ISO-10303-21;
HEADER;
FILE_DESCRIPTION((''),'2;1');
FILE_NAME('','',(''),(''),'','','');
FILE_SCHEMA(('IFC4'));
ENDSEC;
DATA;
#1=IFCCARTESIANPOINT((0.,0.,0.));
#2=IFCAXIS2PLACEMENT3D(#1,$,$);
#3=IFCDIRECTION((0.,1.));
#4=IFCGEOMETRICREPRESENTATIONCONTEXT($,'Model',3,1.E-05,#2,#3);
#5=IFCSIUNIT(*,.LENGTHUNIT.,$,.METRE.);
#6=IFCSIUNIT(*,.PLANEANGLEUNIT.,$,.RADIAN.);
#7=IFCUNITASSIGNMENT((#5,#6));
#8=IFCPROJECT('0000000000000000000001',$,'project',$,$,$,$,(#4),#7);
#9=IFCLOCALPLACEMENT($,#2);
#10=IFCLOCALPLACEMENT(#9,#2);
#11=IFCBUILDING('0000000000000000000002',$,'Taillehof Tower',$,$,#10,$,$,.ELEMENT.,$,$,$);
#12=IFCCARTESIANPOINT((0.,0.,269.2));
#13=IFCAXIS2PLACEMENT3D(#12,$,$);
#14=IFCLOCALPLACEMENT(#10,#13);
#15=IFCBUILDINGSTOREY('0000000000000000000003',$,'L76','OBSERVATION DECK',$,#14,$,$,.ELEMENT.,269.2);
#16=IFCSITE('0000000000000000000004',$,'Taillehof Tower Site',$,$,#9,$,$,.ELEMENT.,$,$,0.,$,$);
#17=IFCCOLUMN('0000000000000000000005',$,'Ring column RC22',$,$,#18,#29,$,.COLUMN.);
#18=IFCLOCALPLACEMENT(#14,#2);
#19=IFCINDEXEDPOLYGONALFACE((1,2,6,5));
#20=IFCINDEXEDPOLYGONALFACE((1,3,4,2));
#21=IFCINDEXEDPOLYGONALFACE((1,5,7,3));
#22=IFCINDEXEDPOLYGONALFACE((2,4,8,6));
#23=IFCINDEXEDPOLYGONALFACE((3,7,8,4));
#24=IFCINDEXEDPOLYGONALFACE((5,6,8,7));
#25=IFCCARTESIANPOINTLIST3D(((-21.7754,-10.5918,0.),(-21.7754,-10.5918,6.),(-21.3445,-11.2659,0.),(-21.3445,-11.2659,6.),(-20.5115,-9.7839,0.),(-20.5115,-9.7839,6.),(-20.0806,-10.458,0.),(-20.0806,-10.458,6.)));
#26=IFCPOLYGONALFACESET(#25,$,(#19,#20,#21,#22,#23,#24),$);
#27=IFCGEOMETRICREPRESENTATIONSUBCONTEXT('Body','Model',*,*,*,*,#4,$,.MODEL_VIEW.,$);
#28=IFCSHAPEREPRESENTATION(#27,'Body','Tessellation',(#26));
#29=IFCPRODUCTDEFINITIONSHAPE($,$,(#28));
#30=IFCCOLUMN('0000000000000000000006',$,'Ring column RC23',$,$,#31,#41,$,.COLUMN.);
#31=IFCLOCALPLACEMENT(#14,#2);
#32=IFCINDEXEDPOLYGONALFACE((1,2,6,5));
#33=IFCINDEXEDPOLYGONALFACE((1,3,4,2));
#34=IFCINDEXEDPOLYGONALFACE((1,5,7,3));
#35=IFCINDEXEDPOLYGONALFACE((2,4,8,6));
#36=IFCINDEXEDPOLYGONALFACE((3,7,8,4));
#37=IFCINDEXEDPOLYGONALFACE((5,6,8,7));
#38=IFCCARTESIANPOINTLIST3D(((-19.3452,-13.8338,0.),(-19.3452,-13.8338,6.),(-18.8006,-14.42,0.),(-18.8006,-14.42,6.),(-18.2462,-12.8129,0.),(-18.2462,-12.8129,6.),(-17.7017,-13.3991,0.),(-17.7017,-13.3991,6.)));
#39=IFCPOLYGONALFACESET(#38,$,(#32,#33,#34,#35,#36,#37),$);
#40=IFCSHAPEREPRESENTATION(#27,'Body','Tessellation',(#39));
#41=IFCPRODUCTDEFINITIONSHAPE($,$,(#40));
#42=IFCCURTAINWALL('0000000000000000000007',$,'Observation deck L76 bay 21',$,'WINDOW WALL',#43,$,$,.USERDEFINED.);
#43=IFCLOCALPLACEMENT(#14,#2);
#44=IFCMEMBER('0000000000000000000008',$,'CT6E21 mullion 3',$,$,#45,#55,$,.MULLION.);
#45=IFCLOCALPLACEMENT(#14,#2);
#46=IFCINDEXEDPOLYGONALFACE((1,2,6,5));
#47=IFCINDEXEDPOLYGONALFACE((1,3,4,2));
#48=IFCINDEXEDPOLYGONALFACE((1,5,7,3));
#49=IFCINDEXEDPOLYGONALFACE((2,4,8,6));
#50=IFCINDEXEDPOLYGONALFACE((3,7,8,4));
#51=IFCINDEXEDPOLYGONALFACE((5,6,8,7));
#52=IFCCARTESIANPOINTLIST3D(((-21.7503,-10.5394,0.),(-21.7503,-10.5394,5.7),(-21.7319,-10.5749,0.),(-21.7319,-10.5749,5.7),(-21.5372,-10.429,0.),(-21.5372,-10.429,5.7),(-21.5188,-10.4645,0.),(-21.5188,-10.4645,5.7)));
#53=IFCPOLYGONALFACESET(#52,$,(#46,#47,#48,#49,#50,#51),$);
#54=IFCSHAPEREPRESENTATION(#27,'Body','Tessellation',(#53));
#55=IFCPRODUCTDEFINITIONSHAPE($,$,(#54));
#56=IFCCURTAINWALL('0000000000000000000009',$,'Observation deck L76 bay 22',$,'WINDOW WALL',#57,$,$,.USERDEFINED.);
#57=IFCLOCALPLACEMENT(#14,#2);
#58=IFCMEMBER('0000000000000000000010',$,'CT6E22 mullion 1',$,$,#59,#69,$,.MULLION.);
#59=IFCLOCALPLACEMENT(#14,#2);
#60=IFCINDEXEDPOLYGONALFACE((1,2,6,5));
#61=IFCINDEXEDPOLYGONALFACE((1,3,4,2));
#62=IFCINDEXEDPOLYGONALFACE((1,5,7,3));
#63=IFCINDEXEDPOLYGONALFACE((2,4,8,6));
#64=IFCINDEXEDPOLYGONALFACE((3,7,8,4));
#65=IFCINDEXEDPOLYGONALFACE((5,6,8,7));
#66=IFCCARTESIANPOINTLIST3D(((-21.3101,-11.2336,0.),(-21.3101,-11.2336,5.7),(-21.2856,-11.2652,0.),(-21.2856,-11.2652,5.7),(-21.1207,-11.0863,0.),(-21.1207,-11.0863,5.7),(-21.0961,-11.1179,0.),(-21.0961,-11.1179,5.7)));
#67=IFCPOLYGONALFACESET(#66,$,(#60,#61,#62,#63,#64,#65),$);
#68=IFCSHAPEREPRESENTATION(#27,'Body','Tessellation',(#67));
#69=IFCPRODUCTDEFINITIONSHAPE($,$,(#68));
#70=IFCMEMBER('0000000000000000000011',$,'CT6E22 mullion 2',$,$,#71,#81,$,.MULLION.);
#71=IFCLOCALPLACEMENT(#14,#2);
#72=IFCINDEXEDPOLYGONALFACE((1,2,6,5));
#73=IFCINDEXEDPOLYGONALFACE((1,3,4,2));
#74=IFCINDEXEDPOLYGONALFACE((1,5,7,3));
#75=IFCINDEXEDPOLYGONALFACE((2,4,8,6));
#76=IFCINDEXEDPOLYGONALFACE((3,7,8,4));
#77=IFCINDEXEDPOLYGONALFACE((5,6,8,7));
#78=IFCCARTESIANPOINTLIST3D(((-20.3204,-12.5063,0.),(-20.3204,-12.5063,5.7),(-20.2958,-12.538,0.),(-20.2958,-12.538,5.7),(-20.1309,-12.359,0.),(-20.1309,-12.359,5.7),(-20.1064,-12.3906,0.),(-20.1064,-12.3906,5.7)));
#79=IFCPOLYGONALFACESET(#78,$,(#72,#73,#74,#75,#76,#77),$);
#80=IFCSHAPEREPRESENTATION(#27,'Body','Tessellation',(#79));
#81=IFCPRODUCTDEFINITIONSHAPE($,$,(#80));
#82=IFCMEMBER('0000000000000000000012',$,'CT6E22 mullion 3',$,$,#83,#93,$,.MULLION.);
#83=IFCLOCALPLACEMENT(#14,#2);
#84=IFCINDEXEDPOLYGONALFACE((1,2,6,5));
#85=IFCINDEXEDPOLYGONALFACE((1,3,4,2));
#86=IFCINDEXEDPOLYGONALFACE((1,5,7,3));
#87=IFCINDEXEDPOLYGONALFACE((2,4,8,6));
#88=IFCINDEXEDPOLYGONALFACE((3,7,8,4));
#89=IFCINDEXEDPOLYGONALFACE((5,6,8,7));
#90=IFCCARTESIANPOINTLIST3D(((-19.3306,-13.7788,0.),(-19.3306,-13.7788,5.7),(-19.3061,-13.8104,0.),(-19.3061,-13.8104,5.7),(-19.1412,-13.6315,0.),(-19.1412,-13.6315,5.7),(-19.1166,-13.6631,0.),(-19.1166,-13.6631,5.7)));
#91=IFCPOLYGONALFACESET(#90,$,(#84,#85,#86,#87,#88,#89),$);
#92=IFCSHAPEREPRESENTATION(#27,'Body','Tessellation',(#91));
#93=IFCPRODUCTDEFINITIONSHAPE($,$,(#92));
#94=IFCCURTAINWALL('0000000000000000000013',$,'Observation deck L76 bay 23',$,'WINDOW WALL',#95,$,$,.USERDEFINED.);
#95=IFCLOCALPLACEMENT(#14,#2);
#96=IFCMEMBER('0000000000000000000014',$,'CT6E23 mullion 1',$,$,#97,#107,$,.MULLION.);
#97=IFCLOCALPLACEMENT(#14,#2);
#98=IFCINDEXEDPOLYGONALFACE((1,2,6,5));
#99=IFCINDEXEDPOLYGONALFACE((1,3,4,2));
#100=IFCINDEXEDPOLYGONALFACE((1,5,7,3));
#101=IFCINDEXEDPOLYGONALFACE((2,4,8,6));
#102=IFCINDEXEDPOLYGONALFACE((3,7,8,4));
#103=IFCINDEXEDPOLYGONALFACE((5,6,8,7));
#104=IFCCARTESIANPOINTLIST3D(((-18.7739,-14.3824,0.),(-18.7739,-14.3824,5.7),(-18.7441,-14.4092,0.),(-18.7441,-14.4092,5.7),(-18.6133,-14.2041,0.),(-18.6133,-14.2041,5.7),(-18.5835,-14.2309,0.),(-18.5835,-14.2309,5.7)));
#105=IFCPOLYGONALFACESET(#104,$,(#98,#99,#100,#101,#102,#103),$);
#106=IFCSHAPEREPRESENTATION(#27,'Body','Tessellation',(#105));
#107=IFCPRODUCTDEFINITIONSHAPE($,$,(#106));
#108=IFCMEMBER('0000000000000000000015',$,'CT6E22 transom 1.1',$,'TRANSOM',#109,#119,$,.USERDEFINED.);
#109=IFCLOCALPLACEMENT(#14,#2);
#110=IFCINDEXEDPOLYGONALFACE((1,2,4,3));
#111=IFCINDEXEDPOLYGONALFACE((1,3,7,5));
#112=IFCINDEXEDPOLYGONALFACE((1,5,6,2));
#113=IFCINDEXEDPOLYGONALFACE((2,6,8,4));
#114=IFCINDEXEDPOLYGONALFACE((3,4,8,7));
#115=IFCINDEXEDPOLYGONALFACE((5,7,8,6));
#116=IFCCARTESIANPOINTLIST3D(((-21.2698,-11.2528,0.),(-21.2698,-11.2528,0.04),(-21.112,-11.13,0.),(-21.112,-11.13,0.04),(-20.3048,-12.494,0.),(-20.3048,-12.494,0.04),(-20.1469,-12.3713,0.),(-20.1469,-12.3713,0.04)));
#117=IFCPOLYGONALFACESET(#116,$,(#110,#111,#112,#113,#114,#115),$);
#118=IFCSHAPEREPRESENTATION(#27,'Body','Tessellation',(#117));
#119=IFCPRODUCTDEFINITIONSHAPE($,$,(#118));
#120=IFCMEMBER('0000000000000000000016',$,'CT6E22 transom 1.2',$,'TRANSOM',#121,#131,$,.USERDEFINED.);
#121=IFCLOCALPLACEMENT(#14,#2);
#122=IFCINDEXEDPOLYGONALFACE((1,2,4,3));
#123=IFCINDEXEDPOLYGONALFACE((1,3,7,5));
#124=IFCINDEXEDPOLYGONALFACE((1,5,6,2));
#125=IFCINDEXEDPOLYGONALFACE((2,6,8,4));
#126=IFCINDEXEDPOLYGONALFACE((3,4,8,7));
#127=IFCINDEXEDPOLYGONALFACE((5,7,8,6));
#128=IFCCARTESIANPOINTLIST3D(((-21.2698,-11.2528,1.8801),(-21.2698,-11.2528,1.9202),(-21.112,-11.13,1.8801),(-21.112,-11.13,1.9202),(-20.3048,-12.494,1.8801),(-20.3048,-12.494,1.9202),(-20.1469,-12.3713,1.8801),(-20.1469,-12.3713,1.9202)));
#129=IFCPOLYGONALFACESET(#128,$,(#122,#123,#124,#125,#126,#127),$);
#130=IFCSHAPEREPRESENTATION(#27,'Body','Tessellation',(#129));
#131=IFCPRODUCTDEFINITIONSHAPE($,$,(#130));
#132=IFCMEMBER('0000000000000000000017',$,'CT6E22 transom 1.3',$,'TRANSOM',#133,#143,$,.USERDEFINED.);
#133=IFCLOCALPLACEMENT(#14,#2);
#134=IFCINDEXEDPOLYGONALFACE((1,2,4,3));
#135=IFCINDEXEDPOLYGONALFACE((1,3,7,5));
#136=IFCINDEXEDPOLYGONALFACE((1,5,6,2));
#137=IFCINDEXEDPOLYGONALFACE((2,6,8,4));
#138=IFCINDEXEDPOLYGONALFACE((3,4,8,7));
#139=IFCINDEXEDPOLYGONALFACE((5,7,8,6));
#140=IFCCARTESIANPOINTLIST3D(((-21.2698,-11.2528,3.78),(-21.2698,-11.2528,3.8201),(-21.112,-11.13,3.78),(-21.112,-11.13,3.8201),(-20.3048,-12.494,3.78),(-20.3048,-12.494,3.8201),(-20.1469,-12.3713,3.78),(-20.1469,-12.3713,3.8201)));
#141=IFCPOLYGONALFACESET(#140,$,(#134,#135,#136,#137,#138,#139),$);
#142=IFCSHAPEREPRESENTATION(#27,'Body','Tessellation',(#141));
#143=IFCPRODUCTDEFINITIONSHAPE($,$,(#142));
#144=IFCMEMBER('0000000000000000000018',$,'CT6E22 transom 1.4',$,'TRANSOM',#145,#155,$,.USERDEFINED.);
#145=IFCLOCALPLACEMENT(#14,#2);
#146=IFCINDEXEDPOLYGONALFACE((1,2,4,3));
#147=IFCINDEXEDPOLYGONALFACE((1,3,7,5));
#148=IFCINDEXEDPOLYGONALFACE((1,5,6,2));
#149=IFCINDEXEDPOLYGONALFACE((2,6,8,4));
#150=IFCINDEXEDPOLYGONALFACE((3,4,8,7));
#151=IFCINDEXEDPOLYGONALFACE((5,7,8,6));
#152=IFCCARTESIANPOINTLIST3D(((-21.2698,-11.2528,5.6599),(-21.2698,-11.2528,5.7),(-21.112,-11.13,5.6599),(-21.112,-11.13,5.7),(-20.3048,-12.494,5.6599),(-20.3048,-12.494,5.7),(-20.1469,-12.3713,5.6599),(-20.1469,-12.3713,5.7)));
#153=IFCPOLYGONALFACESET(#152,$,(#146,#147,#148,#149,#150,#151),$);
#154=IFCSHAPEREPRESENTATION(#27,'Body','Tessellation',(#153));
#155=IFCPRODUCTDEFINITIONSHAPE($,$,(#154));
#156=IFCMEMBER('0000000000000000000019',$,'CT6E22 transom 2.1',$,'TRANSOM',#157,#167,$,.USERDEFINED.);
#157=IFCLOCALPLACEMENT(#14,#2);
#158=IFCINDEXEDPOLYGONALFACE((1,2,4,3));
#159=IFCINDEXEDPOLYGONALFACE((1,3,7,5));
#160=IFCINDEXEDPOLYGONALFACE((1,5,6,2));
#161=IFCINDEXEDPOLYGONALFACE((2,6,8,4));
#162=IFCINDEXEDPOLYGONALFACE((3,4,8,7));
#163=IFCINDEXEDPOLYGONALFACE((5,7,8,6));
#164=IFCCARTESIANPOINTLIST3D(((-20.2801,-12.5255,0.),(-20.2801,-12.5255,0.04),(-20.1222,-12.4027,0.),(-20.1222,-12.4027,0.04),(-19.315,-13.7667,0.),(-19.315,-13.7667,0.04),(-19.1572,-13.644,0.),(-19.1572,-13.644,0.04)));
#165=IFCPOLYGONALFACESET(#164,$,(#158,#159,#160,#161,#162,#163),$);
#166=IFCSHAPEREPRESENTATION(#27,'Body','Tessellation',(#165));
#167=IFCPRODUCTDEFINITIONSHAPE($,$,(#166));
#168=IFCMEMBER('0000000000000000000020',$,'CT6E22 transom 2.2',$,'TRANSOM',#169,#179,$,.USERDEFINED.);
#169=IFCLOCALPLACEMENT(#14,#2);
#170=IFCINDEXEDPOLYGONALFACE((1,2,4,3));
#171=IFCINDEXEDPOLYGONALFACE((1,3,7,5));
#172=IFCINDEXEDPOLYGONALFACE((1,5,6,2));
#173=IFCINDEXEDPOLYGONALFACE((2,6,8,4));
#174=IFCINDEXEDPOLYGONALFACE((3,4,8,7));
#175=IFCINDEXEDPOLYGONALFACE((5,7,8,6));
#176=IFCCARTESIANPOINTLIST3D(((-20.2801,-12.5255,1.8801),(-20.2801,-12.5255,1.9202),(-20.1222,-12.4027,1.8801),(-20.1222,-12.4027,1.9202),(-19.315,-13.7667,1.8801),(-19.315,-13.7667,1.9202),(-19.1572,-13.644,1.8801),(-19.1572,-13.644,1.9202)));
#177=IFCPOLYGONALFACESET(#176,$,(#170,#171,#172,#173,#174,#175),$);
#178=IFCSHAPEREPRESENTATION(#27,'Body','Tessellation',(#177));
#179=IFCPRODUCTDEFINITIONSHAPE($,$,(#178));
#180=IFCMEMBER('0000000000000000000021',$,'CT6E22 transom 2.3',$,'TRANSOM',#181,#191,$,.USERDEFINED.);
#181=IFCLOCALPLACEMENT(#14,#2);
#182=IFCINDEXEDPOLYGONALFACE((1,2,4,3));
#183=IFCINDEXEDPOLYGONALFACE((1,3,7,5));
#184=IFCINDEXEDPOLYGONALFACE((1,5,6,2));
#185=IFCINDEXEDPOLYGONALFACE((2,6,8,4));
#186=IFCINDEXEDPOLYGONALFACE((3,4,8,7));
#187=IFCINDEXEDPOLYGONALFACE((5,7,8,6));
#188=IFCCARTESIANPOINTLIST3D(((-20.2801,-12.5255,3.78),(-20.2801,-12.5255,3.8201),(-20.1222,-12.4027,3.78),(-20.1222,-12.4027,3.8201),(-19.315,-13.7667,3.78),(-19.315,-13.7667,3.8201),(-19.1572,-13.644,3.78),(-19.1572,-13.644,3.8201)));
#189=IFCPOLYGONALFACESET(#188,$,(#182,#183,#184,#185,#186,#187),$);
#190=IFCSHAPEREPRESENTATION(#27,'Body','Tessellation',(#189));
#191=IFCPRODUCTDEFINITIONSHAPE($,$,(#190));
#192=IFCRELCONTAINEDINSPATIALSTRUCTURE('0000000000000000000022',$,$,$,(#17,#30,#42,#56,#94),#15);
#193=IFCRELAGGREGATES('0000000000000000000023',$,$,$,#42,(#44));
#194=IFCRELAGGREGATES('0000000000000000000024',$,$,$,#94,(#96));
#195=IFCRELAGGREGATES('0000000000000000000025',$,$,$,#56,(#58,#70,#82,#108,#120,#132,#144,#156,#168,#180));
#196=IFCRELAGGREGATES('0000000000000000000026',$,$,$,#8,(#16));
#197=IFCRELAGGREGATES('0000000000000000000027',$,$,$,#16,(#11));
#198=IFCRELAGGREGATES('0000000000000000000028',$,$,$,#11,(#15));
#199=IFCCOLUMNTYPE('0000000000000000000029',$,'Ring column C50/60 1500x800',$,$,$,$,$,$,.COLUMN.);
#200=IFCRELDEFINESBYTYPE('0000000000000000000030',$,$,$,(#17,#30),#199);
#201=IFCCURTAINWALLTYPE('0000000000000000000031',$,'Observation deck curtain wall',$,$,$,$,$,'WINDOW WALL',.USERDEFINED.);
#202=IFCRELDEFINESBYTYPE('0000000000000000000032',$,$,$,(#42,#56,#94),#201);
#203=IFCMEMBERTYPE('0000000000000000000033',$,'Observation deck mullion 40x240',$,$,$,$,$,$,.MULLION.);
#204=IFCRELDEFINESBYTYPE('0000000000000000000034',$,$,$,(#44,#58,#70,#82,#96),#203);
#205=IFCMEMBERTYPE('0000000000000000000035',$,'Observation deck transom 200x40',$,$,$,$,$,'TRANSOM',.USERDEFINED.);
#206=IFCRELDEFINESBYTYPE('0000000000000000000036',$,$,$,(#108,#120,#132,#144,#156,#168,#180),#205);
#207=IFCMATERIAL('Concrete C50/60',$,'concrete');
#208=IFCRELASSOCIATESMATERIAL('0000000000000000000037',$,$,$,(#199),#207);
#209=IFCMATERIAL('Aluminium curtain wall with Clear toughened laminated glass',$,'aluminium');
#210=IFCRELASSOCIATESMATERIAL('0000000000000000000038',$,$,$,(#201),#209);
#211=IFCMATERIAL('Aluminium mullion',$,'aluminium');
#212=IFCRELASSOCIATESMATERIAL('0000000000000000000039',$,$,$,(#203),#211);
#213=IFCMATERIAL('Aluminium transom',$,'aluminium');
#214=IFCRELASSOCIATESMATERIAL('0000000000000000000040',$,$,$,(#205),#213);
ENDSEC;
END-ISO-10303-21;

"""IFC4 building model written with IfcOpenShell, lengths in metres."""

from ifc_helpers import new_model, si_unit, direction, frame, origin, origin_2d, place, context, subcontext, project, spatial, rectangle, extrude, material, material_profile, profile_set, type_object, element, aggregate, save


model = new_model("IFC4")

# Units and contexts
model_context = context("Model", 3, precision=1e-05, world=origin(), true_north=direction((0.0, 1.0)))
body_context = subcontext(model_context, "Body", "Model", "MODEL_VIEW")
ifc_project = project(units=[si_unit("LENGTHUNIT", "METRE"), si_unit("PLANEANGLEUNIT", "RADIAN")], contexts=[model_context])

# Site, building, storey
site_placement = place(None, origin())
site = spatial("IfcSite", under=ifc_project, at=site_placement, Name="Taillehof Tower Site", CompositionType="ELEMENT", RefElevation=0.0)
building_placement = place(site_placement, origin())
building = spatial("IfcBuilding", under=site, at=building_placement, Name="Taillehof Tower", CompositionType="ELEMENT")
storey_placement = place(building_placement, frame((0.0, 0.0, 269.2)))
storey = spatial("IfcBuildingStorey", under=building, at=storey_placement, Name="L76", Description="OBSERVATION DECK", CompositionType="ELEMENT", Elevation=269.2)

# Columns
ifc_material_1 = material(Name="Concrete C50/60", Category="concrete")
ifc_material_profile_1 = material_profile(ifc_material_1, rectangle(XDim=1.5, YDim=0.8, at=origin_2d()), Name="RC 1500x800")
ifc_profile_set_1 = profile_set([ifc_material_profile_1], Name="Concrete C50/60")
column_type = type_object("IfcColumnType", Name="Ring column C50/60 1500x800", PredefinedType="COLUMN", material=ifc_profile_set_1)
for number, where, z_axis, x_axis, name in (
    (1, (-20.928, -10.5249, 0.0), (0.0, 0.0, 1.0), (-0.842574, -0.538581, 0.0), "Ring column RC22"),
    (2, (-18.5234, -13.6165, 0.0), (0.0, 0.0, 1.0), (-0.732636, -0.680621, 0.0), "Ring column RC23"),
):
    element("IfcColumn", number, at=place(storey_placement, frame(where, z_axis=z_axis, x_axis=x_axis)), inside=storey, type_object=column_type, Name=name, PredefinedType="COLUMN", context=body_context, shape_type="SweptSolid", body=[
        extrude(rectangle(XDim=1.5, YDim=0.8, at=origin_2d()), origin(), (0.0, 0.0, 1.0), 6.0),
    ])

# Curtain wall, member
ifc_material_2 = material(Name="Aluminium curtain wall with Clear toughened laminated glass", Category="aluminium")
curtain_wall_type = type_object("IfcCurtainWallType", Name="Observation deck curtain wall", ElementType="WINDOW WALL", PredefinedType="USERDEFINED", material=ifc_material_2)
curtain_wall_1_placement = place(storey_placement, origin())
curtain_wall_1 = element("IfcCurtainWall", 3, at=curtain_wall_1_placement, inside=storey, type_object=curtain_wall_type, Name="Observation deck L76 bay 21", ObjectType="WINDOW WALL", PredefinedType="USERDEFINED")
ifc_material_3 = material(Name="Aluminium mullion", Category="aluminium")
ifc_material_profile_2 = material_profile(ifc_material_3, rectangle(XDim=0.24, YDim=0.04, at=origin_2d()), Name="AL 40x240")
ifc_profile_set_2 = profile_set([ifc_material_profile_2], Name="Aluminium mullion")
member_type_1 = type_object("IfcMemberType", Name="Observation deck mullion 40x240", PredefinedType="MULLION", material=ifc_profile_set_2)
member_1_placement = place(storey_placement, frame((-21.6345, -10.502, 0.0), z_axis=(0.0, 0.0, 1.0), x_axis=(0.887975, 0.459891, 0.0)))
member_1 = element("IfcMember", 4, at=member_1_placement, type_object=member_type_1, Name="CT6E21 mullion 3", PredefinedType="MULLION", context=body_context, shape_type="SweptSolid", body=[
    extrude(rectangle(XDim=0.24, YDim=0.04, at=origin_2d()), origin(), (0.0, 0.0, 1.0), 5.7),
])
aggregate(curtain_wall_1, [member_1])

# Curtain wall, members
curtain_wall_2_placement = place(storey_placement, origin())
curtain_wall_2 = element("IfcCurtainWall", 5, at=curtain_wall_2_placement, inside=storey, type_object=curtain_wall_type, Name="Observation deck L76 bay 22", ObjectType="WINDOW WALL", PredefinedType="USERDEFINED")
member_2_placement = place(storey_placement, frame((-21.2031, -11.1758, 0.0), z_axis=(0.0, 0.0, 1.0), x_axis=(0.789382, 0.613903, 0.0)))
member_2 = element("IfcMember", 6, at=member_2_placement, type_object=member_type_1, Name="CT6E22 mullion 1", PredefinedType="MULLION", context=body_context, shape_type="SweptSolid", body=[
    extrude(rectangle(XDim=0.24, YDim=0.04, at=origin_2d()), origin(), (0.0, 0.0, 1.0), 5.7),
])
member_3_placement = place(storey_placement, frame((-20.2134, -12.4485, 0.0), z_axis=(0.0, 0.0, 1.0), x_axis=(0.789382, 0.613903, 0.0)))
member_3 = element("IfcMember", 7, at=member_3_placement, type_object=member_type_1, Name="CT6E22 mullion 2", PredefinedType="MULLION", context=body_context, shape_type="SweptSolid", body=[
    extrude(rectangle(XDim=0.24, YDim=0.04, at=origin_2d()), origin(), (0.0, 0.0, 1.0), 5.7),
])
member_4_placement = place(storey_placement, frame((-19.2236, -13.7209, 0.0), z_axis=(0.0, 0.0, 1.0), x_axis=(0.789382, 0.613903, 0.0)))
member_4 = element("IfcMember", 8, at=member_4_placement, type_object=member_type_1, Name="CT6E22 mullion 3", PredefinedType="MULLION", context=body_context, shape_type="SweptSolid", body=[
    extrude(rectangle(XDim=0.24, YDim=0.04, at=origin_2d()), origin(), (0.0, 0.0, 1.0), 5.7),
])

# Curtain wall, member
curtain_wall_3_placement = place(storey_placement, origin())
curtain_wall_3 = element("IfcCurtainWall", 9, at=curtain_wall_3_placement, inside=storey, type_object=curtain_wall_type, Name="Observation deck L76 bay 23", ObjectType="WINDOW WALL", PredefinedType="USERDEFINED")
member_5_placement = place(storey_placement, frame((-18.6787, -14.3066, 0.0), z_axis=(0.0, 0.0, 1.0), x_axis=(0.669107, 0.743166, 0.0)))
member_5 = element("IfcMember", 10, at=member_5_placement, type_object=member_type_1, Name="CT6E23 mullion 1", PredefinedType="MULLION", context=body_context, shape_type="SweptSolid", body=[
    extrude(rectangle(XDim=0.24, YDim=0.04, at=origin_2d()), origin(), (0.0, 0.0, 1.0), 5.7),
])
aggregate(curtain_wall_3, [member_5])

# Members
ifc_material_4 = material(Name="Aluminium transom", Category="aluminium")
ifc_material_profile_3 = material_profile(ifc_material_4, rectangle(XDim=0.2, YDim=0.04, at=origin_2d()), Name="AL 200x40")
ifc_profile_set_3 = profile_set([ifc_material_profile_3], Name="Aluminium transom")
member_type_2 = type_object("IfcMemberType", Name="Observation deck transom 200x40", ElementType="TRANSOM", PredefinedType="USERDEFINED", material=ifc_profile_set_3)
member_6_placement = place(storey_placement, frame((-21.1909, -11.1914, 0.02), z_axis=(0.613822, -0.789444, 0.0), x_axis=(0.789444, 0.613822, 0.0)))
member_6 = element("IfcMember", 11, at=member_6_placement, type_object=member_type_2, Name="CT6E22 transom 1.1", ObjectType="TRANSOM", PredefinedType="USERDEFINED", context=body_context, shape_type="SweptSolid", body=[
    extrude(rectangle(XDim=0.2, YDim=0.04, at=origin_2d()), origin(), (0.0, 0.0, 1.0), 1.5723),
])
member_7_placement = place(storey_placement, frame((-21.1909, -11.1914, 1.9001), z_axis=(0.613822, -0.789444, 0.0), x_axis=(0.789444, 0.613822, 0.0)))
member_7 = element("IfcMember", 12, at=member_7_placement, type_object=member_type_2, Name="CT6E22 transom 1.2", ObjectType="TRANSOM", PredefinedType="USERDEFINED", context=body_context, shape_type="SweptSolid", body=[
    extrude(rectangle(XDim=0.2, YDim=0.04, at=origin_2d()), origin(), (0.0, 0.0, 1.0), 1.5723),
])
member_8_placement = place(storey_placement, frame((-21.1909, -11.1914, 3.8), z_axis=(0.613822, -0.789444, 0.0), x_axis=(0.789444, 0.613822, 0.0)))
member_8 = element("IfcMember", 13, at=member_8_placement, type_object=member_type_2, Name="CT6E22 transom 1.3", ObjectType="TRANSOM", PredefinedType="USERDEFINED", context=body_context, shape_type="SweptSolid", body=[
    extrude(rectangle(XDim=0.2, YDim=0.04, at=origin_2d()), origin(), (0.0, 0.0, 1.0), 1.5723),
])
member_9_placement = place(storey_placement, frame((-21.1909, -11.1914, 5.6799), z_axis=(0.613822, -0.789444, 0.0), x_axis=(0.789444, 0.613822, 0.0)))
member_9 = element("IfcMember", 14, at=member_9_placement, type_object=member_type_2, Name="CT6E22 transom 1.4", ObjectType="TRANSOM", PredefinedType="USERDEFINED", context=body_context, shape_type="SweptSolid", body=[
    extrude(rectangle(XDim=0.2, YDim=0.04, at=origin_2d()), origin(), (0.0, 0.0, 1.0), 1.5723),
])
member_10_placement = place(storey_placement, frame((-20.2012, -12.4641, 0.02), z_axis=(0.613822, -0.789444, 0.0), x_axis=(0.789444, 0.613822, 0.0)))
member_10 = element("IfcMember", 15, at=member_10_placement, type_object=member_type_2, Name="CT6E22 transom 2.1", ObjectType="TRANSOM", PredefinedType="USERDEFINED", context=body_context, shape_type="SweptSolid", body=[
    extrude(rectangle(XDim=0.2, YDim=0.04, at=origin_2d()), origin(), (0.0, 0.0, 1.0), 1.5723),
])
member_11_placement = place(storey_placement, frame((-20.2012, -12.4641, 1.9001), z_axis=(0.613822, -0.789444, 0.0), x_axis=(0.789444, 0.613822, 0.0)))
member_11 = element("IfcMember", 16, at=member_11_placement, type_object=member_type_2, Name="CT6E22 transom 2.2", ObjectType="TRANSOM", PredefinedType="USERDEFINED", context=body_context, shape_type="SweptSolid", body=[
    extrude(rectangle(XDim=0.2, YDim=0.04, at=origin_2d()), origin(), (0.0, 0.0, 1.0), 1.5723),
])
member_12_placement = place(storey_placement, frame((-20.2012, -12.4641, 3.8), z_axis=(0.613822, -0.789444, 0.0), x_axis=(0.789444, 0.613822, 0.0)))
member_12 = element("IfcMember", 17, at=member_12_placement, type_object=member_type_2, Name="CT6E22 transom 2.3", ObjectType="TRANSOM", PredefinedType="USERDEFINED", context=body_context, shape_type="SweptSolid", body=[
    extrude(rectangle(XDim=0.2, YDim=0.04, at=origin_2d()), origin(), (0.0, 0.0, 1.0), 1.5723),
])

aggregate(curtain_wall_2, [member_2, member_3, member_4, member_6, member_7, member_8, member_9, member_10, member_11, member_12])

save(model, "model.ifc")
